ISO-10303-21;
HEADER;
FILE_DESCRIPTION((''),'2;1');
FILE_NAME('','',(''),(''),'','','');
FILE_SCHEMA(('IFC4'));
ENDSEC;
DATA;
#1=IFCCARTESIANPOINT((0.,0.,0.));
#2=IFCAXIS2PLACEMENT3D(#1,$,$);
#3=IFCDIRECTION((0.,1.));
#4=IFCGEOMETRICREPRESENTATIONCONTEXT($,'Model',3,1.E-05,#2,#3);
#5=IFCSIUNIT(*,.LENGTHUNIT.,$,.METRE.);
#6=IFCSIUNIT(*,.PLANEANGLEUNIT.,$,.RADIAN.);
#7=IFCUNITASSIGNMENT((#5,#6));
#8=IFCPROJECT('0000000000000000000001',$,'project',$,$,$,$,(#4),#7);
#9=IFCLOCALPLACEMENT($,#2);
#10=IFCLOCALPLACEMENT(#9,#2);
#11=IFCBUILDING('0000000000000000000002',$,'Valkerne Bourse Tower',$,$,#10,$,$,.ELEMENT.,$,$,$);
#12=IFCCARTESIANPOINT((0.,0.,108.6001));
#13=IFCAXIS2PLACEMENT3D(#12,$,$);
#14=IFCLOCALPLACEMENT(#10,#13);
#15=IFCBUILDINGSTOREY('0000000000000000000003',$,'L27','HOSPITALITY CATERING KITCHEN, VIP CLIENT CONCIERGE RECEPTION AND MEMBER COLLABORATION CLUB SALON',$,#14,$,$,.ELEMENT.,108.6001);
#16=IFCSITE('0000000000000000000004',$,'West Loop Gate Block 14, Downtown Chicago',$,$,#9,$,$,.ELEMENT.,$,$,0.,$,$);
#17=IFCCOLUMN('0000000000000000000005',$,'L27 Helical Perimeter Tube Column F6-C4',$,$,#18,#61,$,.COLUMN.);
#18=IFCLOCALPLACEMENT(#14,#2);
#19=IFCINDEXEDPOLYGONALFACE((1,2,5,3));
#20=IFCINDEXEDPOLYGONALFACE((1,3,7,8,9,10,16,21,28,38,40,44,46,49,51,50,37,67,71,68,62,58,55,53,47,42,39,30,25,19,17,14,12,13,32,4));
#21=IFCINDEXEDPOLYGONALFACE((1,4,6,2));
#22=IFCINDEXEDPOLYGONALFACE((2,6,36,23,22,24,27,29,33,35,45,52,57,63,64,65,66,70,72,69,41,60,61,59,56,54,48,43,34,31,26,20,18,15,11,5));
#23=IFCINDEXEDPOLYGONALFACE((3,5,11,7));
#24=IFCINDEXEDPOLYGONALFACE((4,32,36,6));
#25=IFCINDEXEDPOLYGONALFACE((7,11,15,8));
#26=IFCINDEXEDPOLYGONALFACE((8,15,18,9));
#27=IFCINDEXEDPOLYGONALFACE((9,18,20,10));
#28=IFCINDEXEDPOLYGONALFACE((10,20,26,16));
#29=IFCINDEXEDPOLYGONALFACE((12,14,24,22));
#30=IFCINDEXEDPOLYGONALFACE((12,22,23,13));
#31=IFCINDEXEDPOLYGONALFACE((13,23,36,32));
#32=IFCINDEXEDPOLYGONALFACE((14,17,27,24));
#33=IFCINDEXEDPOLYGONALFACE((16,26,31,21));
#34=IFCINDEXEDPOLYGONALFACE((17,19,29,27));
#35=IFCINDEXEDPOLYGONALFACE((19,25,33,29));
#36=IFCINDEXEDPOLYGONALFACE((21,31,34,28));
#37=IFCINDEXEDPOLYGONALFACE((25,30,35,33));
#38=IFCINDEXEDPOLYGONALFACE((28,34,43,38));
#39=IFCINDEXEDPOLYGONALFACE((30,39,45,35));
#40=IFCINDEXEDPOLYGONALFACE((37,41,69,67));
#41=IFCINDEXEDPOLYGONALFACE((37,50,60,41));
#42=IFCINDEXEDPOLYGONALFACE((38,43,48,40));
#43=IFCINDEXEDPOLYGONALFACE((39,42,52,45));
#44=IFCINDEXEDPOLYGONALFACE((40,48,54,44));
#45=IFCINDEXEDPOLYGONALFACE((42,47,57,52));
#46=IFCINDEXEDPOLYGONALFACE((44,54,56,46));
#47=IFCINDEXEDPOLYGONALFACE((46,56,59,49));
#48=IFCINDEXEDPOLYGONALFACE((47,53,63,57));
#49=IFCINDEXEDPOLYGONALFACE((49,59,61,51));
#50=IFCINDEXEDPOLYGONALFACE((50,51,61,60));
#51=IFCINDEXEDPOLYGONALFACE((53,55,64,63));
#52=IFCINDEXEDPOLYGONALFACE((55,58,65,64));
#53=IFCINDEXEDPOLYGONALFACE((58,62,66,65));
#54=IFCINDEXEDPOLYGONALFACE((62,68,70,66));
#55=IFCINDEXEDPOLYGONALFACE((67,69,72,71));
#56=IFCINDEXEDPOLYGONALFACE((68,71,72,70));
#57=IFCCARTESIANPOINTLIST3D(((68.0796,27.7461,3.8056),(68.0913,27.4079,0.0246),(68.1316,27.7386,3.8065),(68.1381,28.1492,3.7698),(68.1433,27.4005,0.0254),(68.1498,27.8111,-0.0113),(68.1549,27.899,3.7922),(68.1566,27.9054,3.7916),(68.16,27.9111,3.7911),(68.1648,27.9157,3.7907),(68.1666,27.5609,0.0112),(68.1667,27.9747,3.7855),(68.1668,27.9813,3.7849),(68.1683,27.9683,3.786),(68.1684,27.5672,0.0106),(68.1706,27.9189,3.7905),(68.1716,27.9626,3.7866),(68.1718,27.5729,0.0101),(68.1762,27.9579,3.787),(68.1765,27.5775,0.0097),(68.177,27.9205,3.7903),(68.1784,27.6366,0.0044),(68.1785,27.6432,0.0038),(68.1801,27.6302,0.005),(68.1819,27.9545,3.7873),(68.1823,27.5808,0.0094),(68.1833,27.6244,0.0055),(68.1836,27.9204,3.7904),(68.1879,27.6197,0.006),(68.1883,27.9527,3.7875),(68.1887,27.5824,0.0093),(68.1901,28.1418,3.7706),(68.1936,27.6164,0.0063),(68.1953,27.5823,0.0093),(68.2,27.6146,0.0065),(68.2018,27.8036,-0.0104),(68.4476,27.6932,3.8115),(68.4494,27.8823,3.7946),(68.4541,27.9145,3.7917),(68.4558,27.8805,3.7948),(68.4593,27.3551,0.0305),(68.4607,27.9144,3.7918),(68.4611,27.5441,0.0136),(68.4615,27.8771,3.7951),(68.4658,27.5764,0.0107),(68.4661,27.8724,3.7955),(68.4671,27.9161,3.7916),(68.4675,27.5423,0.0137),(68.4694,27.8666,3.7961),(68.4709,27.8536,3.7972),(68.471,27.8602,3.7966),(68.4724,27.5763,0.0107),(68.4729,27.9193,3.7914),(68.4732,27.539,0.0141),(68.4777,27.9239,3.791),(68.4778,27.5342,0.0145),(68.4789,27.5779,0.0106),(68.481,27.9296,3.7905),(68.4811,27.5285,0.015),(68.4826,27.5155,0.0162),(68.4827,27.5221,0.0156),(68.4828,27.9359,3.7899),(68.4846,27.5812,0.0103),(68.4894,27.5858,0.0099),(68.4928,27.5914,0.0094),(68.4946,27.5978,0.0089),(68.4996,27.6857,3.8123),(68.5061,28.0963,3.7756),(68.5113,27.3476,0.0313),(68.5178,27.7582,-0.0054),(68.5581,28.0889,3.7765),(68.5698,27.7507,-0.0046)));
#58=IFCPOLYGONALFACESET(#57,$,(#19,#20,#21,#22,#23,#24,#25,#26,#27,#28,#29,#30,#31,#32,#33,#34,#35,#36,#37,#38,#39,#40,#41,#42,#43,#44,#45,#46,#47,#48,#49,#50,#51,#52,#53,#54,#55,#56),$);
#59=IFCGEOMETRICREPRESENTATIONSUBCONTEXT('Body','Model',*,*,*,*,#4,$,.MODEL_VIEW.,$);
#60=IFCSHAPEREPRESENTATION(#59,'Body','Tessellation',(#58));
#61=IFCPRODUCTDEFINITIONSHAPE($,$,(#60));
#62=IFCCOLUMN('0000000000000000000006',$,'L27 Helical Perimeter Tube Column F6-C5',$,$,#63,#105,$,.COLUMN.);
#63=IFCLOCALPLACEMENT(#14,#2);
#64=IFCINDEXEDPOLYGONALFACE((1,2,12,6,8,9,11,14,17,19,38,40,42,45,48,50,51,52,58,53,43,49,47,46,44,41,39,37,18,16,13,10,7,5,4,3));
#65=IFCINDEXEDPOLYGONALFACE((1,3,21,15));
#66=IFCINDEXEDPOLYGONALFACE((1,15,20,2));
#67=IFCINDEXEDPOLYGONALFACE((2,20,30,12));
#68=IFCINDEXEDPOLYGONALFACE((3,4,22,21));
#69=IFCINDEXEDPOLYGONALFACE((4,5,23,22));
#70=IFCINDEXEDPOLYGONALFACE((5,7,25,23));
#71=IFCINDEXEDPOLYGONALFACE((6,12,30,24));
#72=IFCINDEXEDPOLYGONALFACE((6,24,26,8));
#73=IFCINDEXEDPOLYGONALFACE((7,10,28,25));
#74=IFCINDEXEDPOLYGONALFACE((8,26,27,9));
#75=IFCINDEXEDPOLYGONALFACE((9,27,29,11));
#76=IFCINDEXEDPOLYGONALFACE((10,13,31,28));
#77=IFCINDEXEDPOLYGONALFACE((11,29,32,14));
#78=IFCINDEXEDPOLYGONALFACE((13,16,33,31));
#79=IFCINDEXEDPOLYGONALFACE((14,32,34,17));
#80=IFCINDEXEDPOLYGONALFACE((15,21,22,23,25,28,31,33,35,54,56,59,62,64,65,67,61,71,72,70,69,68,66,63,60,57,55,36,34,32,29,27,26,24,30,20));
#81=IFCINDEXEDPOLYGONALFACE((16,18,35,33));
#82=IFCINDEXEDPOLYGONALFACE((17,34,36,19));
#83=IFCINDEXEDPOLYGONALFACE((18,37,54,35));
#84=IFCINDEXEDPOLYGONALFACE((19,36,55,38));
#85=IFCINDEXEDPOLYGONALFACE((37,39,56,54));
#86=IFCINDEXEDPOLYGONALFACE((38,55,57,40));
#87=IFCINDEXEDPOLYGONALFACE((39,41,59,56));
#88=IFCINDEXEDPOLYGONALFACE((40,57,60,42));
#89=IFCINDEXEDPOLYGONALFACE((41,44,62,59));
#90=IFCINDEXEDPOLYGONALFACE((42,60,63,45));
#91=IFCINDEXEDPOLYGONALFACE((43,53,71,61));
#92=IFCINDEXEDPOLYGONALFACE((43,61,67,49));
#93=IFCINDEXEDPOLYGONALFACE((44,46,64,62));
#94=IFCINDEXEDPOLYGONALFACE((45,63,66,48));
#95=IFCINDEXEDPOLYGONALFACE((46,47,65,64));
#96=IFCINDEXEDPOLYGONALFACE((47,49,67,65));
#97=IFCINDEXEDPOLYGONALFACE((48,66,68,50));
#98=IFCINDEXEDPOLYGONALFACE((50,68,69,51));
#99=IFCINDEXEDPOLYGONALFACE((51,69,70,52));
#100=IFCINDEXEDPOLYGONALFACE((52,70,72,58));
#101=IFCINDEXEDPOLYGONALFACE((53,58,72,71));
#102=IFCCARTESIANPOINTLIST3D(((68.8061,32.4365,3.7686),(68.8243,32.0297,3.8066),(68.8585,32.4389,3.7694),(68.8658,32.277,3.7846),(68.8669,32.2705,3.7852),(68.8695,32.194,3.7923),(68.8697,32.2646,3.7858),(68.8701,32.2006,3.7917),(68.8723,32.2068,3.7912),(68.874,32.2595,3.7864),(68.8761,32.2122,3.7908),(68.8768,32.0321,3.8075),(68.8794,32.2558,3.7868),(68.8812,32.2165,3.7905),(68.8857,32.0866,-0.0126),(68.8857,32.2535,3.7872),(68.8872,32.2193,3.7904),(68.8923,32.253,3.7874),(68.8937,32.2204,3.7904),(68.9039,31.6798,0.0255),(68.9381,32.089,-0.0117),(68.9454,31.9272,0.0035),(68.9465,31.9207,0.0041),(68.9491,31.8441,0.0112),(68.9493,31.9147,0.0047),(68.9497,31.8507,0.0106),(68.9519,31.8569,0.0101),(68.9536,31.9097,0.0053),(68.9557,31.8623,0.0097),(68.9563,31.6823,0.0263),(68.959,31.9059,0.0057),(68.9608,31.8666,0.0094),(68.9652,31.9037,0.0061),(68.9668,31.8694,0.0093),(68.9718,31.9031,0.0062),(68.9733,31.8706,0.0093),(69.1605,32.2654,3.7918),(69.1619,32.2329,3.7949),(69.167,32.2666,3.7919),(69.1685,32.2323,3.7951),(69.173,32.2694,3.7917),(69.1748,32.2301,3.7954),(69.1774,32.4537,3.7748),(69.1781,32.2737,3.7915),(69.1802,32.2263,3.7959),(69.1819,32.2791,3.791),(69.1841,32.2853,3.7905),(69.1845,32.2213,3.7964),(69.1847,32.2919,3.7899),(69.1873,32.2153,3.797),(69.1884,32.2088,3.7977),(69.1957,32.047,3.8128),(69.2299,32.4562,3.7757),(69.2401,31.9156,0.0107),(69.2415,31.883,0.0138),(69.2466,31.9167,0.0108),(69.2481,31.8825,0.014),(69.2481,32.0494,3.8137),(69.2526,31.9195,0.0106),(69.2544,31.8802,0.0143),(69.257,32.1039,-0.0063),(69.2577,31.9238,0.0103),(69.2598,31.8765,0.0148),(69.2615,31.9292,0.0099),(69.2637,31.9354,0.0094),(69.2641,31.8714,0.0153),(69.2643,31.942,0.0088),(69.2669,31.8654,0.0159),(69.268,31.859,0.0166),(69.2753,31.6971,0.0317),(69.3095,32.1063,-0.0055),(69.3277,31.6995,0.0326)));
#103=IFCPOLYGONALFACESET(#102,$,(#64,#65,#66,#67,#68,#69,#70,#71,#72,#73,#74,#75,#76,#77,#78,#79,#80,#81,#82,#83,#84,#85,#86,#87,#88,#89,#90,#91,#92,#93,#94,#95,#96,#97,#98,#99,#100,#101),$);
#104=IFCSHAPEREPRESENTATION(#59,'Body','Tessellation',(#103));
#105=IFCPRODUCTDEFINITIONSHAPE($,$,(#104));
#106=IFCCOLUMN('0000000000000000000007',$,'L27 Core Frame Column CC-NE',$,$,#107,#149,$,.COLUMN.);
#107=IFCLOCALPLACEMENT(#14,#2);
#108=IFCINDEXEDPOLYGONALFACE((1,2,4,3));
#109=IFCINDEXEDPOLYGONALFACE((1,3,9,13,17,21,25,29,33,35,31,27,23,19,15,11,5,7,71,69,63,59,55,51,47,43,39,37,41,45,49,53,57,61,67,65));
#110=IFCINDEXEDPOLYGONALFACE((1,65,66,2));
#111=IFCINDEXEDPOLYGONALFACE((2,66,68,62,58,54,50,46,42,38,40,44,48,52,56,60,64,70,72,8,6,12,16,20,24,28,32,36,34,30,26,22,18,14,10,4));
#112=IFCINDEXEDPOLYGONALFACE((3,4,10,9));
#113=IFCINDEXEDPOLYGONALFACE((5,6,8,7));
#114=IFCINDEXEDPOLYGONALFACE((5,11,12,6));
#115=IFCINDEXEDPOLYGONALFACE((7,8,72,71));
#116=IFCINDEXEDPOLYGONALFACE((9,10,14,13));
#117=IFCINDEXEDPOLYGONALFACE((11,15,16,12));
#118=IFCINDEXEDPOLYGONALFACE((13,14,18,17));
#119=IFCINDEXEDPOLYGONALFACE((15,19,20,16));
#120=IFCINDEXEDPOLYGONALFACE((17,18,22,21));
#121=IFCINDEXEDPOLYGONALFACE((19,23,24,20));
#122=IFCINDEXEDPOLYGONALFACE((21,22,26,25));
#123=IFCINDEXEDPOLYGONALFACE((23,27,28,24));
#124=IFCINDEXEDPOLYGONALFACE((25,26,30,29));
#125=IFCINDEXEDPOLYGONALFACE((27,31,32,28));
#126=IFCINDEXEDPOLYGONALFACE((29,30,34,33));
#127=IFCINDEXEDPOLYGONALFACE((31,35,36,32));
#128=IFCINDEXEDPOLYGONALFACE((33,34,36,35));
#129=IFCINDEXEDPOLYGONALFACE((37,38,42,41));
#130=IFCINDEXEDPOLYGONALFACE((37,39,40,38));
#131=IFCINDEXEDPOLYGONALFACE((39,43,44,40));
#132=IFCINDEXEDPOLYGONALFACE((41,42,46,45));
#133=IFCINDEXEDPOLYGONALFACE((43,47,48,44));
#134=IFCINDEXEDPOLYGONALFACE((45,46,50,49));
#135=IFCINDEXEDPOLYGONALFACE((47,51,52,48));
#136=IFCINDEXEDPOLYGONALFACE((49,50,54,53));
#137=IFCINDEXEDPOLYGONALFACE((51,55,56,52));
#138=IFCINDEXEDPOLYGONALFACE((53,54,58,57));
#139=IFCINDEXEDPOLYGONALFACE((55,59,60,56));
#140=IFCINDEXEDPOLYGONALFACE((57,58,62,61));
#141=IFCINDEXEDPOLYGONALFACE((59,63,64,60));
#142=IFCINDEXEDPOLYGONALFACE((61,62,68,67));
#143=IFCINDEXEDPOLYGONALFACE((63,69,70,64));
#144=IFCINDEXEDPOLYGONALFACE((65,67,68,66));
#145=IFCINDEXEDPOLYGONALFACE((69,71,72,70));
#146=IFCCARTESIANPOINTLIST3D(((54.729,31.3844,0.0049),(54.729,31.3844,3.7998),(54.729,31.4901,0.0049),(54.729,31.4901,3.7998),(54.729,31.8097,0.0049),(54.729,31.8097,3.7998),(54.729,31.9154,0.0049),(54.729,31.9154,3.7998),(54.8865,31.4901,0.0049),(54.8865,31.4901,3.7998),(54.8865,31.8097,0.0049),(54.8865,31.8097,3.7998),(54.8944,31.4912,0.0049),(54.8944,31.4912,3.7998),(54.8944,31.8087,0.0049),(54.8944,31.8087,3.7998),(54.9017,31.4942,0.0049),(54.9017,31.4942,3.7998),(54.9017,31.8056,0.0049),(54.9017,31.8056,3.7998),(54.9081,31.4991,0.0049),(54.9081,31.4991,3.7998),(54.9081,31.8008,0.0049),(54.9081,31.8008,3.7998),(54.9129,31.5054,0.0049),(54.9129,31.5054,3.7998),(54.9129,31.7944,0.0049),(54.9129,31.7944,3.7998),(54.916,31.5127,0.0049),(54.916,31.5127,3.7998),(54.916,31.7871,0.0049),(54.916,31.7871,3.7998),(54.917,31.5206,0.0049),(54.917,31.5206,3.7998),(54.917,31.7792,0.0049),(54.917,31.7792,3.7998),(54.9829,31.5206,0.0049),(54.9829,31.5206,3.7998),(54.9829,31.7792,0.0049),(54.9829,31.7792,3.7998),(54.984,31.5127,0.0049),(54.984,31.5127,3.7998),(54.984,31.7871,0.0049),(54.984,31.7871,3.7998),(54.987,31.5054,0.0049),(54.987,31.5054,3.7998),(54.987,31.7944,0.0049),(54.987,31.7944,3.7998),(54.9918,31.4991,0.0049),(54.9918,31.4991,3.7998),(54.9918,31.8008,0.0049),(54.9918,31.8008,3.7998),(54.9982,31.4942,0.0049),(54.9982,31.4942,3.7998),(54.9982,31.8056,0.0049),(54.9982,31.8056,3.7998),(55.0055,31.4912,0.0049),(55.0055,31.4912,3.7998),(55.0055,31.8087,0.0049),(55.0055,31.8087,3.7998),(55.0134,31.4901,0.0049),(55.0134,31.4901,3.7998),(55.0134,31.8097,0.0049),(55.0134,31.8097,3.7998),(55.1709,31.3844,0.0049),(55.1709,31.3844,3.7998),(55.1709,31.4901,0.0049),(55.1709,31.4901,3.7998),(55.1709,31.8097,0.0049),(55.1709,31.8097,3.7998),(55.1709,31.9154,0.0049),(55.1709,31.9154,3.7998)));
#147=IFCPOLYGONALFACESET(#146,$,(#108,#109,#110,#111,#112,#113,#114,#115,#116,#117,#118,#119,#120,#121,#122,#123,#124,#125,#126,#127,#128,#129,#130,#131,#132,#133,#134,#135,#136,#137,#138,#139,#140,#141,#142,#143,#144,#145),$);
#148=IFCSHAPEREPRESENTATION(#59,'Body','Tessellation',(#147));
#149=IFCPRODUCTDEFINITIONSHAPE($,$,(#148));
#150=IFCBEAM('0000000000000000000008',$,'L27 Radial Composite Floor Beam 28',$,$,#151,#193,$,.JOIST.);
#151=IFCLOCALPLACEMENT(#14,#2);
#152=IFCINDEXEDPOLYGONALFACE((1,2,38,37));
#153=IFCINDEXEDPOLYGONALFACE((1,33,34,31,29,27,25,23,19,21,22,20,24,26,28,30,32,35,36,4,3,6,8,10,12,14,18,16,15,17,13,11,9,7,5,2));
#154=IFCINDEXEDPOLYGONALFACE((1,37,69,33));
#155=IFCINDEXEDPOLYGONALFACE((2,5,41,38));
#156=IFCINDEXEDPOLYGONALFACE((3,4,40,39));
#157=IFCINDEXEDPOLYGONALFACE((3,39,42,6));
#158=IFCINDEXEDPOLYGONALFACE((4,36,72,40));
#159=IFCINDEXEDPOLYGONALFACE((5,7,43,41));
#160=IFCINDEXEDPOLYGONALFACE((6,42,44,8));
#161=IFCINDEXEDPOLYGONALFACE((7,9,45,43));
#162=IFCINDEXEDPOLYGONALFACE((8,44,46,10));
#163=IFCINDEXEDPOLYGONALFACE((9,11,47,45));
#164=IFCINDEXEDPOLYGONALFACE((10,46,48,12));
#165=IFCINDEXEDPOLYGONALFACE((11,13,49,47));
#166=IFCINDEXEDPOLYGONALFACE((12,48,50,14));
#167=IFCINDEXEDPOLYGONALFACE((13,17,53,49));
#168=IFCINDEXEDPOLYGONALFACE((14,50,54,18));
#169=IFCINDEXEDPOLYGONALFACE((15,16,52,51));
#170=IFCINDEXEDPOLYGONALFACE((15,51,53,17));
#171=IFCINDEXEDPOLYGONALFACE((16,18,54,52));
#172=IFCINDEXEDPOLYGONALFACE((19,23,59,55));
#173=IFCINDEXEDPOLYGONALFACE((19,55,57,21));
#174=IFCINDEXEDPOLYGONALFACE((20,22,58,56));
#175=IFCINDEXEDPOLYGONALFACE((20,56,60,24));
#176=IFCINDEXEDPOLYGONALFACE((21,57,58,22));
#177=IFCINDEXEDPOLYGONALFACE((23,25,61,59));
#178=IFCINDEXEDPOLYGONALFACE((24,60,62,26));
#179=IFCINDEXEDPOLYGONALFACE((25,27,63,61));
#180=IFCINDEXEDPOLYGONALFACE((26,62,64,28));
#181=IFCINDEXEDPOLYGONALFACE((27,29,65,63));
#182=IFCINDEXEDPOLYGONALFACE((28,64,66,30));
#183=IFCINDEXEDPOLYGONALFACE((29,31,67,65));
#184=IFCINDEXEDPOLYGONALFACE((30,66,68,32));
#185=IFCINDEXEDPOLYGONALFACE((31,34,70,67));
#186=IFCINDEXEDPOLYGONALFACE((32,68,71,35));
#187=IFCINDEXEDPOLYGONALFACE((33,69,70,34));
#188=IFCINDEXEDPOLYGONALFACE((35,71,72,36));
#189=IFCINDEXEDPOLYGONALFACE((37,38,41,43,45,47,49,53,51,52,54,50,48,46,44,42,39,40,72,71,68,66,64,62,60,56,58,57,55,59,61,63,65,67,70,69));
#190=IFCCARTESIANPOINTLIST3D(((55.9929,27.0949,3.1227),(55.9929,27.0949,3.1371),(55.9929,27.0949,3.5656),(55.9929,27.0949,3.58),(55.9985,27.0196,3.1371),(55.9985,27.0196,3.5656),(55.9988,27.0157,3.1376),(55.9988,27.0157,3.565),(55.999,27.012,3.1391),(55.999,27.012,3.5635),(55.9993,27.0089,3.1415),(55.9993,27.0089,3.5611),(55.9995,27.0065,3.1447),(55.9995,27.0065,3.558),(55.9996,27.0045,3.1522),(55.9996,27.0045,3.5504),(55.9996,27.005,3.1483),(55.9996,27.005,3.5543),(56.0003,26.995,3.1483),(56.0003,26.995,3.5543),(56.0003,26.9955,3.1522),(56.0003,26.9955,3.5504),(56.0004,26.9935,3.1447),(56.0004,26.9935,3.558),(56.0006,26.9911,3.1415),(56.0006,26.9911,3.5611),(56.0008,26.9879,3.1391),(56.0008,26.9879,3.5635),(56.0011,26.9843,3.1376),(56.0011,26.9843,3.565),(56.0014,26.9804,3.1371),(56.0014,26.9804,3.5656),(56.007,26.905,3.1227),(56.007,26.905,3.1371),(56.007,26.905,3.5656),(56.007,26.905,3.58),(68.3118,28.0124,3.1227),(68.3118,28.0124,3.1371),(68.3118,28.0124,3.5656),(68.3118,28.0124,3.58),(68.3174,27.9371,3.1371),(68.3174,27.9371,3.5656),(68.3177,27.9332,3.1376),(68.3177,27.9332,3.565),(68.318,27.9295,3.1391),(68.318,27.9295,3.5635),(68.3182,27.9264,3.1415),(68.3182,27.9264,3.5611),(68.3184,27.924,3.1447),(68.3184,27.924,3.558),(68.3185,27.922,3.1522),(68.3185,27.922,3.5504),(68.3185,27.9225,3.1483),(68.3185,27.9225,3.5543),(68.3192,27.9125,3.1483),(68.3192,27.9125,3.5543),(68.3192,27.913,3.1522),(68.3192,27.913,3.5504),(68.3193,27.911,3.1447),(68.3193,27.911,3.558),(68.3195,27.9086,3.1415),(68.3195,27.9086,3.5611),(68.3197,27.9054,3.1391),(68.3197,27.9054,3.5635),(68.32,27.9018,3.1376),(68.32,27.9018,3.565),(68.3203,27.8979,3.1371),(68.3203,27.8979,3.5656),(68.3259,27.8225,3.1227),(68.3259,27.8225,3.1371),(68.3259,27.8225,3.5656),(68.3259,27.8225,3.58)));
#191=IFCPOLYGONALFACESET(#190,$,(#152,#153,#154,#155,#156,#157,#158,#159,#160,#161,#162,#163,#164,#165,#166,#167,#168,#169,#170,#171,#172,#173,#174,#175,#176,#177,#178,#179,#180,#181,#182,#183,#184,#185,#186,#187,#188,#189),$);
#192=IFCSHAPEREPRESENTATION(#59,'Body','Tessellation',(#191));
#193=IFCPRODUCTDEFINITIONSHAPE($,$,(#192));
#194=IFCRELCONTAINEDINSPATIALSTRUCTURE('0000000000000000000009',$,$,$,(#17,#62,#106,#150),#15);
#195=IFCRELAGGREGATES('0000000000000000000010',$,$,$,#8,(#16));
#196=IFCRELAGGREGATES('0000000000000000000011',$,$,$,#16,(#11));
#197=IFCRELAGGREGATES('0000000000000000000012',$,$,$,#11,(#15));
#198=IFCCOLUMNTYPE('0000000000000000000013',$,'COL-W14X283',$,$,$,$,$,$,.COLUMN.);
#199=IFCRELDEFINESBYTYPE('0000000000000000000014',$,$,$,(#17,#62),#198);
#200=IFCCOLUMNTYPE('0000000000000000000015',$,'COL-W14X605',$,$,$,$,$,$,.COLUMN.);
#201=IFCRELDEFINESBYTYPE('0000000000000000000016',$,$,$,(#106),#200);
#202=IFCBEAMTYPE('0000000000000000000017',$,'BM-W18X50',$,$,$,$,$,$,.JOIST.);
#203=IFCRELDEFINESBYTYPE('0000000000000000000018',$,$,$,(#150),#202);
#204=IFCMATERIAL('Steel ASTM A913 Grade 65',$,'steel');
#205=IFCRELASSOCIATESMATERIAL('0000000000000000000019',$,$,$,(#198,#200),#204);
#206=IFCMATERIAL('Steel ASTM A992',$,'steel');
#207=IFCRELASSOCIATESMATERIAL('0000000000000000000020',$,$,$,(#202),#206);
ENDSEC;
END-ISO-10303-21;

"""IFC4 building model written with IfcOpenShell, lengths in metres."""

from ifc_helpers import new_model, si_unit, direction, frame, origin, origin_2d, place, context, subcontext, project, spatial, i_section, extrude, material, material_profile, profile_set, type_object, element, save


model = new_model("IFC4")

# Units and contexts
model_context = context("Model", 3, precision=1e-05, world=origin(), true_north=direction((0.0, 1.0)))
body_context = subcontext(model_context, "Body", "Model", "MODEL_VIEW")
ifc_project = project(units=[si_unit("LENGTHUNIT", "METRE"), si_unit("PLANEANGLEUNIT", "RADIAN")], contexts=[model_context])

# Site, building, storey
site_placement = place(None, origin())
site = spatial("IfcSite", under=ifc_project, at=site_placement, Name="West Loop Gate Block 14, Downtown Chicago", CompositionType="ELEMENT", RefElevation=0.0)
building_placement = place(site_placement, origin())
building = spatial("IfcBuilding", under=site, at=building_placement, Name="Valkerne Bourse Tower", CompositionType="ELEMENT")
storey_placement = place(building_placement, frame((0.0, 0.0, 108.6001)))
storey = spatial("IfcBuildingStorey", under=building, at=storey_placement, Name="L27", Description="HOSPITALITY CATERING KITCHEN, VIP CLIENT CONCIERGE RECEPTION AND MEMBER COLLABORATION CLUB SALON", CompositionType="ELEMENT", Elevation=108.6001)

# Columns
ifc_material_1 = material(Name="Steel ASTM A913 Grade 65", Category="steel")
ifc_material_profile_1 = material_profile(ifc_material_1, i_section(OverallWidth=0.4089, OverallDepth=0.4243, WebThickness=0.0327, FlangeThickness=0.0525, FilletRadius=0.0254, at=origin_2d()), Name="W14X283")
ifc_profile_set_1 = profile_set([ifc_material_profile_1], Name="Steel ASTM A913 Grade 65")
column_type_1 = type_object("IfcColumnType", Name="COL-W14X283", PredefinedType="COLUMN", material=ifc_profile_set_1)
column_1_placement = place(storey_placement, frame((68.3306, 27.5793, 0.01), z_axis=(-0.003087, 0.089074, 0.99602), x_axis=(-0.143025, -0.985824, 0.087719)))
element("IfcColumn", 1, at=column_1_placement, inside=storey, type_object=column_type_1, Name="L27 Helical Perimeter Tube Column F6-C4", PredefinedType="COLUMN", context=body_context, shape_type="SweptSolid", body=[
    extrude(i_section(OverallWidth=0.4089, OverallDepth=0.4243, WebThickness=0.0327, FlangeThickness=0.0525, FilletRadius=0.0254, at=origin_2d()), origin(), (0.0, 0.0, 1.0), 3.7961),
])
column_2_placement = place(storey_placement, frame((69.1067, 31.8931, 0.01), z_axis=(-0.020956, 0.092115, 0.995528), x_axis=(0.044672, -0.994666, 0.092976)))
element("IfcColumn", 2, at=column_2_placement, inside=storey, type_object=column_type_1, Name="L27 Helical Perimeter Tube Column F6-C5", PredefinedType="COLUMN", context=body_context, shape_type="SweptSolid", body=[
    extrude(i_section(OverallWidth=0.4089, OverallDepth=0.4243, WebThickness=0.0327, FlangeThickness=0.0525, FilletRadius=0.0254, at=origin_2d()), origin(), (0.0, 0.0, 1.0), 3.7981),
])
ifc_material_profile_2 = material_profile(ifc_material_1, i_section(OverallWidth=0.4419, OverallDepth=0.531, WebThickness=0.0659, FlangeThickness=0.1057, FilletRadius=0.0305, at=origin_2d()), Name="W14X605")
ifc_profile_set_2 = profile_set([ifc_material_profile_2], Name="Steel ASTM A913 Grade 65")
column_type_2 = type_object("IfcColumnType", Name="COL-W14X605", PredefinedType="COLUMN", material=ifc_profile_set_2)
column_3_placement = place(storey_placement, frame((54.95, 31.6499, 0.0049), z_axis=(0.0, 0.0, 1.0), x_axis=(1.0, 0.0, 0.0)))
element("IfcColumn", 3, at=column_3_placement, inside=storey, type_object=column_type_2, Name="L27 Core Frame Column CC-NE", PredefinedType="COLUMN", context=body_context, shape_type="SweptSolid", body=[
    extrude(i_section(OverallWidth=0.4419, OverallDepth=0.531, WebThickness=0.0659, FlangeThickness=0.1057, FilletRadius=0.0305, at=origin_2d()), origin(), (0.0, 0.0, 1.0), 3.7949),
])

# Beam
ifc_material_2 = material(Name="Steel ASTM A992", Category="steel")
ifc_material_profile_3 = material_profile(ifc_material_2, i_section(OverallWidth=0.1904, OverallDepth=0.4573, WebThickness=0.009, FlangeThickness=0.0144, FilletRadius=0.0151, at=origin_2d()), Name="W18X50")
ifc_profile_set_3 = profile_set([ifc_material_profile_3], Name="Steel ASTM A992")
beam_type_1 = type_object("IfcBeamType", Name="BM-W18X50", PredefinedType="JOIST", material=ifc_profile_set_3)
beam_1_placement = place(storey_placement, frame((68.3188, 27.9175, 3.3513), z_axis=(-0.997238, -0.074272, 0.0), x_axis=(0.074272, -0.997238, 0.0)))
element("IfcBeam", 4, at=beam_1_placement, inside=storey, type_object=beam_type_1, Name="L27 Radial Composite Floor Beam 28", PredefinedType="JOIST", context=body_context, shape_type="SweptSolid", body=[
    extrude(i_section(OverallWidth=0.1904, OverallDepth=0.4573, WebThickness=0.009, FlangeThickness=0.0144, FilletRadius=0.0151, at=origin_2d()), origin(), (0.0, 0.0, 1.0), 12.353),
])

save(model, "model.ifc")
